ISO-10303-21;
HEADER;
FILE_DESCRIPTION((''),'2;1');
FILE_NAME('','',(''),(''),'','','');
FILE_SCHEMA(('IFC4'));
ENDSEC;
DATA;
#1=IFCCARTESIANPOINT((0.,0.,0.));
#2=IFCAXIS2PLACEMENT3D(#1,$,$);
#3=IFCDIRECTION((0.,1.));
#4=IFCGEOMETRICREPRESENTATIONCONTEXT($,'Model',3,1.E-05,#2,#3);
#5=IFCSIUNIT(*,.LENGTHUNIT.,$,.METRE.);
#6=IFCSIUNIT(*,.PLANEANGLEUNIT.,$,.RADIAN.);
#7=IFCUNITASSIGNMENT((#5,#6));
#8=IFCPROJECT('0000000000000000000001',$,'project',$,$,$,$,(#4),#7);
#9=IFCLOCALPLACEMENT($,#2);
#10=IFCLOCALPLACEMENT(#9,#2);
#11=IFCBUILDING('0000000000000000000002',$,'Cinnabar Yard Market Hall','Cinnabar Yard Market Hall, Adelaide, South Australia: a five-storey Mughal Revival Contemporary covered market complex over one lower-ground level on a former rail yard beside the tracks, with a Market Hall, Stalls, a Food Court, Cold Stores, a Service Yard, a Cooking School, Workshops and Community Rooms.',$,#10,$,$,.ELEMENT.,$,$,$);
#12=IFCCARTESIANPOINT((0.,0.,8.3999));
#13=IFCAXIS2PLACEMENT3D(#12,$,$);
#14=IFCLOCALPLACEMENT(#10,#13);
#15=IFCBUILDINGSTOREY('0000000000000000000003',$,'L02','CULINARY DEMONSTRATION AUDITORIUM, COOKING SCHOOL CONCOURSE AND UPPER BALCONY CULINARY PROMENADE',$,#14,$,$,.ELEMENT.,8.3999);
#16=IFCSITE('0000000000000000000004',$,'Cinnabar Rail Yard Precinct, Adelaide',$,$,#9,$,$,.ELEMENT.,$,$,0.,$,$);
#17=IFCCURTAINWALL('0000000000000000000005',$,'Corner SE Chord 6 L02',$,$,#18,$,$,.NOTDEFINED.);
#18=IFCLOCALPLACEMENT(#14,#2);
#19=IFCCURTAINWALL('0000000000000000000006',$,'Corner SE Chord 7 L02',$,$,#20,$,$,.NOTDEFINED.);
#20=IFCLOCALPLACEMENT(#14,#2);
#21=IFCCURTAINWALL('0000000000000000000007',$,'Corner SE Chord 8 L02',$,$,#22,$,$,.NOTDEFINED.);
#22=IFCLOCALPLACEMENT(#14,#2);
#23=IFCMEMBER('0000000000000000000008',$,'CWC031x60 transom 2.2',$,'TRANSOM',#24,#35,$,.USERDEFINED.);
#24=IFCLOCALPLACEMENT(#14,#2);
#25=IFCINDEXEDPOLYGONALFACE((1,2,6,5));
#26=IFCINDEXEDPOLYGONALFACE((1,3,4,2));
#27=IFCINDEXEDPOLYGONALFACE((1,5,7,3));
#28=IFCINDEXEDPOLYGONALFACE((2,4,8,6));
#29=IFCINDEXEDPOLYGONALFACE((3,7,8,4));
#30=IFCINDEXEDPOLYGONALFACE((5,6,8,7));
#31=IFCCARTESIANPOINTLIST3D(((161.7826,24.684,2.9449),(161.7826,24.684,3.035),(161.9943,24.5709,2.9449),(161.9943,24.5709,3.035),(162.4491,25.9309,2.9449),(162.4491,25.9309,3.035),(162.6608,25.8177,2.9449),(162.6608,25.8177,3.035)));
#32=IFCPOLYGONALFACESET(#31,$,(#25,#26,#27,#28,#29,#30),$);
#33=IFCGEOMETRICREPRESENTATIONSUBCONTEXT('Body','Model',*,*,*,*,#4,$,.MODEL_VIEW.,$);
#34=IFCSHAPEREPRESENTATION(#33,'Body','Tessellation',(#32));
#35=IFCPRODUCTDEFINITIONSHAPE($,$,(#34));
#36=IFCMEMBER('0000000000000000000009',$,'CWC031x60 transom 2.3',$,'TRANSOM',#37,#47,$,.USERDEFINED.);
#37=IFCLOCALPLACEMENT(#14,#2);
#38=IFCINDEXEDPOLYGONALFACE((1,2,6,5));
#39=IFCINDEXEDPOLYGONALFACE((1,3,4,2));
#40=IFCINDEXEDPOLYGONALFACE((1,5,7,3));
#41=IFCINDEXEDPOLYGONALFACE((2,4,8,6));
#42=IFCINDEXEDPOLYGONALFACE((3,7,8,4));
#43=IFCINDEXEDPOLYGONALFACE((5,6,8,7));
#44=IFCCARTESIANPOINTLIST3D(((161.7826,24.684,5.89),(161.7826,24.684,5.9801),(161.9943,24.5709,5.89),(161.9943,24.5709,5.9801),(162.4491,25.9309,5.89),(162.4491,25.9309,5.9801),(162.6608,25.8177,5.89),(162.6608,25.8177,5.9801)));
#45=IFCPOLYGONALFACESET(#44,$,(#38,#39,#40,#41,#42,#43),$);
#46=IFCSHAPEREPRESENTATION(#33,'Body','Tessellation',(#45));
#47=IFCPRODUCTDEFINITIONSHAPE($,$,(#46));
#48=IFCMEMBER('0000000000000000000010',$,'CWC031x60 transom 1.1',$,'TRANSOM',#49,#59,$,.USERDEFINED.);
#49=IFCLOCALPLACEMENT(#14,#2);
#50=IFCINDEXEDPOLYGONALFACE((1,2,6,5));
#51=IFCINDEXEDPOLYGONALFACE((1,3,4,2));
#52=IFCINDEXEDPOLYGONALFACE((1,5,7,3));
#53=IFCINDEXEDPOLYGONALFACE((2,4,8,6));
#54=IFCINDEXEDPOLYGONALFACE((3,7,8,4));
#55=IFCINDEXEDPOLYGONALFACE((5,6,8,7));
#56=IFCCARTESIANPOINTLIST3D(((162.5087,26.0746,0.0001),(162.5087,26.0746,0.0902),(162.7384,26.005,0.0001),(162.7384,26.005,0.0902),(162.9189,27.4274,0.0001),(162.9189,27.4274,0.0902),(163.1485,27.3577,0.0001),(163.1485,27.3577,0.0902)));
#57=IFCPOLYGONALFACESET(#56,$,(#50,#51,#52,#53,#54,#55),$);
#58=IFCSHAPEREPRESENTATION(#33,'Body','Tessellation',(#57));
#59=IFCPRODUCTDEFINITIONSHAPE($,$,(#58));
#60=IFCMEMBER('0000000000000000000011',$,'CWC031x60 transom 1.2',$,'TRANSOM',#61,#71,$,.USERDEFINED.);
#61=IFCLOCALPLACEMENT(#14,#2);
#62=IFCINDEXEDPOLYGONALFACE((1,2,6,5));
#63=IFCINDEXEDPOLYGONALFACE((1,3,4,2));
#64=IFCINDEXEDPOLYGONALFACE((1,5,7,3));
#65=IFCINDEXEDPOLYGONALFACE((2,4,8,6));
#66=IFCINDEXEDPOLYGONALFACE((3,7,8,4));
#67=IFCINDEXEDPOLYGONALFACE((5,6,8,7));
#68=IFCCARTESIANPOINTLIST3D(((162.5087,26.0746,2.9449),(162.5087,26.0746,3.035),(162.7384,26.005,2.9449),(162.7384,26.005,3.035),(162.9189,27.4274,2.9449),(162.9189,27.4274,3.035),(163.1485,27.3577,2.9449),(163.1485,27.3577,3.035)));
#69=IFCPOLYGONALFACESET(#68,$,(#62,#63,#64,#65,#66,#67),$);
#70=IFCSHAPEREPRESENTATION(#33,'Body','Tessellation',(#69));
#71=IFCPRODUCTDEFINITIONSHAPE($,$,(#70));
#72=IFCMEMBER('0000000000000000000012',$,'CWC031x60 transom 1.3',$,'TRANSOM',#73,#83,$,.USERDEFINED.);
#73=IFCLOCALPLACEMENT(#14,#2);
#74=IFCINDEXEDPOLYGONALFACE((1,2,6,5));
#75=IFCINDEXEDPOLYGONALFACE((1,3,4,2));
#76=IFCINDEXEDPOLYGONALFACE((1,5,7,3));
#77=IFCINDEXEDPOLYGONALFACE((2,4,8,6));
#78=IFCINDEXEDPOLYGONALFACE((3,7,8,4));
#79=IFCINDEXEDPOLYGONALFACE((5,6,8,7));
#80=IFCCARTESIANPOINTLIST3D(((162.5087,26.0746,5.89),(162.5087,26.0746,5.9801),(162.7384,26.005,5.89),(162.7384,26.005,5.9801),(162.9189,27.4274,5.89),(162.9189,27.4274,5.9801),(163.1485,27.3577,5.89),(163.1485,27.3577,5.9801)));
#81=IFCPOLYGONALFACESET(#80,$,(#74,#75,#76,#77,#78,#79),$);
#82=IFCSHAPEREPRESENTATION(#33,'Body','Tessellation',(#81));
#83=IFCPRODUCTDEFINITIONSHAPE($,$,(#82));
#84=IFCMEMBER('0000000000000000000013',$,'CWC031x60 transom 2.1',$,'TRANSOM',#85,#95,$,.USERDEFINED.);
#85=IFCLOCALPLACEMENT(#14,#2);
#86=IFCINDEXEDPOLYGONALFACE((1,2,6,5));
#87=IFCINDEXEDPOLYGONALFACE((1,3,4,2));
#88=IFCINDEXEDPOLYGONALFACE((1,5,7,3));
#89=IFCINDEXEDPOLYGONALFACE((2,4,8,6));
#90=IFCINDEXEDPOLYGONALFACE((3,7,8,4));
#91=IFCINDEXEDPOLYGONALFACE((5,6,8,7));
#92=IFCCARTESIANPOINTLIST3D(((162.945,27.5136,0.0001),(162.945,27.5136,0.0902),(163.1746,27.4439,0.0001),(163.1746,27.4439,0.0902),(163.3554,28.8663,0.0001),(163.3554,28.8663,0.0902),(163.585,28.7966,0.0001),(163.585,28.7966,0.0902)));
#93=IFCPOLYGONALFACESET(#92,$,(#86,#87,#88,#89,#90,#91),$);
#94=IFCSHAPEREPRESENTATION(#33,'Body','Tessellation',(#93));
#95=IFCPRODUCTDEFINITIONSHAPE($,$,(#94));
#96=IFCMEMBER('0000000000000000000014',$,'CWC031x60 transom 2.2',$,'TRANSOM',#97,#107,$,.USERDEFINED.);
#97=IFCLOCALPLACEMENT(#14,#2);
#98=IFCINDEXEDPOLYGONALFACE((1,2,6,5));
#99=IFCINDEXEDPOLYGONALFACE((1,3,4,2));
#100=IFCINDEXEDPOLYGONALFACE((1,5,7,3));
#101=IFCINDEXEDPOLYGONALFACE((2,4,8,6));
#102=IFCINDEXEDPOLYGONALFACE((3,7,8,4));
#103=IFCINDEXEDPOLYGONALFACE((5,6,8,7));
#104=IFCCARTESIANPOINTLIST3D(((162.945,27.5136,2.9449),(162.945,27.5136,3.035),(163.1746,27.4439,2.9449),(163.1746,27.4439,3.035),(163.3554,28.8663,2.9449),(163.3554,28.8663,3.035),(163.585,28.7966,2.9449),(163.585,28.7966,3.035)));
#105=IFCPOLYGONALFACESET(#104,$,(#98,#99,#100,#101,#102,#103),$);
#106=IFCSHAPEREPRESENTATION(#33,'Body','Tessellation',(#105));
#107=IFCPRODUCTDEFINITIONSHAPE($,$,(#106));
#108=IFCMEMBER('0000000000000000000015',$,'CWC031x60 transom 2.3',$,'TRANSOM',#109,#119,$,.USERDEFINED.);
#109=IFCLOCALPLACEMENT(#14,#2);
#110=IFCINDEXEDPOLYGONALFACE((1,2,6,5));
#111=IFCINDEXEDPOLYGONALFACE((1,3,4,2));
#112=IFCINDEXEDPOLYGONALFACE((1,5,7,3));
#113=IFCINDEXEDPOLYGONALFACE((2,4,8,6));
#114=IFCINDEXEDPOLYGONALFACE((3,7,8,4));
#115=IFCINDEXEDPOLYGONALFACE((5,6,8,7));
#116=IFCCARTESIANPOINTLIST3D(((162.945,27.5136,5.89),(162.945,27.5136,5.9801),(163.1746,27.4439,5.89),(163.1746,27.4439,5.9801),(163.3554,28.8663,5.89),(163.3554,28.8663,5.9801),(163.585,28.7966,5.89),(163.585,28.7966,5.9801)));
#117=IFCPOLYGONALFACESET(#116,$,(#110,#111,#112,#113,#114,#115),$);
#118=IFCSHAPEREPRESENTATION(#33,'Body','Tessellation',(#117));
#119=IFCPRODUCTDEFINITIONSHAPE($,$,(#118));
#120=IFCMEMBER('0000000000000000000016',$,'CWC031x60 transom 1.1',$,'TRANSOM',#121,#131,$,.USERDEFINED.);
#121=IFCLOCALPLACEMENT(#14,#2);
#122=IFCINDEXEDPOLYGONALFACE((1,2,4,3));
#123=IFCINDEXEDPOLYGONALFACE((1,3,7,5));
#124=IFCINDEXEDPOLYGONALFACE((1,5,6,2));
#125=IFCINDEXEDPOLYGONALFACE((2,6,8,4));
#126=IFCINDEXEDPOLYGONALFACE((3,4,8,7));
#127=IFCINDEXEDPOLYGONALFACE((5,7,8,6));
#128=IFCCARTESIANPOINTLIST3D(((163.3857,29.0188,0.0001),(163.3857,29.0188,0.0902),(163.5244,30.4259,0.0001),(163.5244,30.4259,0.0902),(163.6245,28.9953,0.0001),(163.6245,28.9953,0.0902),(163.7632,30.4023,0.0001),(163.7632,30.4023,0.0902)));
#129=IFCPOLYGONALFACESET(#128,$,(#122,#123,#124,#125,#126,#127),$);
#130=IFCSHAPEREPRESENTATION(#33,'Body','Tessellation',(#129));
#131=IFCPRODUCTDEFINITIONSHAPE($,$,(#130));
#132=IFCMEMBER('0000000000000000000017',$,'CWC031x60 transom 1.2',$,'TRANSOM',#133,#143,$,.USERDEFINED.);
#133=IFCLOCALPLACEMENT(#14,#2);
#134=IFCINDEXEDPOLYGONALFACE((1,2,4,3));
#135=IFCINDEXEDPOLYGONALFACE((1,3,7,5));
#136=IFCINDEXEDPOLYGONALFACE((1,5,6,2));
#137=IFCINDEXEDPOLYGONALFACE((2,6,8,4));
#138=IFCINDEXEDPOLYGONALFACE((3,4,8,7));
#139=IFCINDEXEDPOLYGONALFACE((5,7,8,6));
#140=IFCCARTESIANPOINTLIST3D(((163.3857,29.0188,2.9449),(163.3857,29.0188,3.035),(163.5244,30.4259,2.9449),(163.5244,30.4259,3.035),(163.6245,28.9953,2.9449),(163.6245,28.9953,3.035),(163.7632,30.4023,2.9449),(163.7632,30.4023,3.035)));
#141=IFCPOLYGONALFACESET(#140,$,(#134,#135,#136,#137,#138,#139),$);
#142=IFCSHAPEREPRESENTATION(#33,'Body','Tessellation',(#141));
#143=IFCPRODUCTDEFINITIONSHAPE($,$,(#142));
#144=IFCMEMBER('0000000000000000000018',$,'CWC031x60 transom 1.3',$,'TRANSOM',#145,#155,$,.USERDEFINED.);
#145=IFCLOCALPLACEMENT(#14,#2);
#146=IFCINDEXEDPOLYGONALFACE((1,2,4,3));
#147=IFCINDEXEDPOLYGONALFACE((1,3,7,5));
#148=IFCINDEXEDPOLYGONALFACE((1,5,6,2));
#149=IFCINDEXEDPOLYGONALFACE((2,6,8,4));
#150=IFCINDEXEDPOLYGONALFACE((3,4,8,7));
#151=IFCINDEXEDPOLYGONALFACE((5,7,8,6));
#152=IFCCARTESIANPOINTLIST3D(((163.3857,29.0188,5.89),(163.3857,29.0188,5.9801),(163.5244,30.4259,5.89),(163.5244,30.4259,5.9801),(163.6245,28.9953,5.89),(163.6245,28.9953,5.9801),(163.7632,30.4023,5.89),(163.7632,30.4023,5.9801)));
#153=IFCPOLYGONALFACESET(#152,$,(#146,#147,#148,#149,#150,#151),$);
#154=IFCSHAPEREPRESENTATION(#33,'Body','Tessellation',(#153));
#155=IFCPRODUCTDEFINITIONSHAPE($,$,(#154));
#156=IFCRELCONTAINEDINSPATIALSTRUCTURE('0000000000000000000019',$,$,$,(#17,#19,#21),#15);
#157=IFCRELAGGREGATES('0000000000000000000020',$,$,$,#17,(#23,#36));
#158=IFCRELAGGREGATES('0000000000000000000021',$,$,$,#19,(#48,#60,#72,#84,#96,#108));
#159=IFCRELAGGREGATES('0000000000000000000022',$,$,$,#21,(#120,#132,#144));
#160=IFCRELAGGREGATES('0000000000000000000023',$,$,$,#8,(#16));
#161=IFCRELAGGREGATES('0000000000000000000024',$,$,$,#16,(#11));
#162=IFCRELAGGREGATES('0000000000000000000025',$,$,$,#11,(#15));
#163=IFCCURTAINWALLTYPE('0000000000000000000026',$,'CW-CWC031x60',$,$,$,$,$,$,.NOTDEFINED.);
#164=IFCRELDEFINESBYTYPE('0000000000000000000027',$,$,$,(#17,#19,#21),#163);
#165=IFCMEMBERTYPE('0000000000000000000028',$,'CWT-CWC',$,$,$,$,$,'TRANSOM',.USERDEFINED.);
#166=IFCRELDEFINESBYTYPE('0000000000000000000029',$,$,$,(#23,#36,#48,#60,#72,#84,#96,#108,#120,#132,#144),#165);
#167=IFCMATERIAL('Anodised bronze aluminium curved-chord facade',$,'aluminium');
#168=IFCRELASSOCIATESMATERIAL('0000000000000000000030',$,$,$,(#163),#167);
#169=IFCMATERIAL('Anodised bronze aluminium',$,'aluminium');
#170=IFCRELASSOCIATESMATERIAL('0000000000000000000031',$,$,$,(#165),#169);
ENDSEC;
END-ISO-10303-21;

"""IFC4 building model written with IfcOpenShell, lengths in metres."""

from ifc_helpers import new_model, si_unit, direction, frame, origin, origin_2d_with_axis, place, context, subcontext, project, spatial, rectangle, extrude, material, material_profile, profile_set, type_object, element, aggregate, save


model = new_model("IFC4")

# Units and contexts
model_context = context("Model", 3, precision=1e-05, world=origin(), true_north=direction((0.0, 1.0)))
body_context = subcontext(model_context, "Body", "Model", "MODEL_VIEW")
ifc_project = project(units=[si_unit("LENGTHUNIT", "METRE"), si_unit("PLANEANGLEUNIT", "RADIAN")], contexts=[model_context])

# Site, building, storey
site_placement = place(None, origin())
site = spatial("IfcSite", under=ifc_project, at=site_placement, Name="Cinnabar Rail Yard Precinct, Adelaide", CompositionType="ELEMENT", RefElevation=0.0)
building_placement = place(site_placement, origin())
building = spatial("IfcBuilding", under=site, at=building_placement, Name="Cinnabar Yard Market Hall", Description="Cinnabar Yard Market Hall, Adelaide, South Australia: a five-storey Mughal Revival Contemporary covered market complex over one lower-ground level on a former rail yard beside the tracks, with a Market Hall, Stalls, a Food Court, Cold Stores, a Service Yard, a Cooking School, Workshops and Community Rooms.", CompositionType="ELEMENT")
storey_placement = place(building_placement, frame((0.0, 0.0, 8.3999)))
storey = spatial("IfcBuildingStorey", under=building, at=storey_placement, Name="L02", Description="CULINARY DEMONSTRATION AUDITORIUM, COOKING SCHOOL CONCOURSE AND UPPER BALCONY CULINARY PROMENADE", CompositionType="ELEMENT", Elevation=8.3999)

# Curtain walls
ifc_material_1 = material(Name="Anodised bronze aluminium curved-chord facade", Category="aluminium")
curtain_wall_type = type_object("IfcCurtainWallType", Name="CW-CWC031x60", PredefinedType="NOTDEFINED", material=ifc_material_1)
curtain_wall_1_placement = place(storey_placement, origin())
curtain_wall_1 = element("IfcCurtainWall", 1, at=curtain_wall_1_placement, inside=storey, type_object=curtain_wall_type, Name="Corner SE Chord 6 L02", PredefinedType="NOTDEFINED")
ifc_material_2 = material(Name="Anodised bronze aluminium", Category="aluminium")
curtain_wall_2_placement = place(storey_placement, origin())
curtain_wall_2 = element("IfcCurtainWall", 2, at=curtain_wall_2_placement, inside=storey, type_object=curtain_wall_type, Name="Corner SE Chord 7 L02", PredefinedType="NOTDEFINED")

# Curtain wall
curtain_wall_3_placement = place(storey_placement, origin())
curtain_wall_3 = element("IfcCurtainWall", 3, at=curtain_wall_3_placement, inside=storey, type_object=curtain_wall_type, Name="Corner SE Chord 8 L02", PredefinedType="NOTDEFINED")

# Members
ifc_material_profile_1 = material_profile(ifc_material_2, rectangle(XDim=0.24, YDim=0.0901, at=origin_2d_with_axis()), Name="TRN-CWC")
ifc_profile_set_1 = profile_set([ifc_material_profile_1], Name="Anodised bronze aluminium")
member_type_1 = type_object("IfcMemberType", Name="CWT-CWC", ElementType="TRANSOM", PredefinedType="USERDEFINED", material=ifc_profile_set_1)
member_1_placement = place(storey_placement, frame((161.8884, 24.6274, 2.99), z_axis=(0.471431, 0.881903, 0.0), x_axis=(-0.881903, 0.471431, 0.0)))
member_1 = element("IfcMember", 4, at=member_1_placement, type_object=member_type_1, Name="CWC031x60 transom 2.2", ObjectType="TRANSOM", PredefinedType="USERDEFINED", context=body_context, shape_type="SweptSolid", body=[
    extrude(rectangle(XDim=0.24, YDim=0.0901, at=origin_2d_with_axis()), origin(), (0.0, 0.0, 1.0), 1.4138),
])
member_2_placement = place(storey_placement, frame((161.8884, 24.6274, 5.9351), z_axis=(0.471431, 0.881903, 0.0), x_axis=(-0.881903, 0.471431, 0.0)))
member_2 = element("IfcMember", 5, at=member_2_placement, type_object=member_type_1, Name="CWC031x60 transom 2.3", ObjectType="TRANSOM", PredefinedType="USERDEFINED", context=body_context, shape_type="SweptSolid", body=[
    extrude(rectangle(XDim=0.24, YDim=0.0901, at=origin_2d_with_axis()), origin(), (0.0, 0.0, 1.0), 1.4138),
])
member_3_placement = place(storey_placement, frame((162.6235, 26.0398, 0.0452), z_axis=(0.290151, 0.956981, 0.0), x_axis=(-0.956981, 0.290151, 0.0)))
member_3 = element("IfcMember", 6, at=member_3_placement, type_object=member_type_1, Name="CWC031x60 transom 1.1", ObjectType="TRANSOM", PredefinedType="USERDEFINED", context=body_context, shape_type="SweptSolid", body=[
    extrude(rectangle(XDim=0.24, YDim=0.0901, at=origin_2d_with_axis()), origin(), (0.0, 0.0, 1.0), 1.4136),
])
member_4_placement = place(storey_placement, frame((162.6235, 26.0398, 2.99), z_axis=(0.290151, 0.956981, 0.0), x_axis=(-0.956981, 0.290151, 0.0)))
member_4 = element("IfcMember", 7, at=member_4_placement, type_object=member_type_1, Name="CWC031x60 transom 1.2", ObjectType="TRANSOM", PredefinedType="USERDEFINED", context=body_context, shape_type="SweptSolid", body=[
    extrude(rectangle(XDim=0.24, YDim=0.0901, at=origin_2d_with_axis()), origin(), (0.0, 0.0, 1.0), 1.4136),
])
member_5_placement = place(storey_placement, frame((162.6235, 26.0398, 5.9351), z_axis=(0.290151, 0.956981, 0.0), x_axis=(-0.956981, 0.290151, 0.0)))
member_5 = element("IfcMember", 8, at=member_5_placement, type_object=member_type_1, Name="CWC031x60 transom 1.3", ObjectType="TRANSOM", PredefinedType="USERDEFINED", context=body_context, shape_type="SweptSolid", body=[
    extrude(rectangle(XDim=0.24, YDim=0.0901, at=origin_2d_with_axis()), origin(), (0.0, 0.0, 1.0), 1.4136),
])
member_6_placement = place(storey_placement, frame((163.0598, 27.4788, 0.0452), z_axis=(0.290309, 0.956933, 0.0), x_axis=(-0.956933, 0.290309, 0.0)))
member_6 = element("IfcMember", 9, at=member_6_placement, type_object=member_type_1, Name="CWC031x60 transom 2.1", ObjectType="TRANSOM", PredefinedType="USERDEFINED", context=body_context, shape_type="SweptSolid", body=[
    extrude(rectangle(XDim=0.24, YDim=0.0901, at=origin_2d_with_axis()), origin(), (0.0, 0.0, 1.0), 1.4136),
])
member_7_placement = place(storey_placement, frame((163.0598, 27.4788, 2.99), z_axis=(0.290309, 0.956933, 0.0), x_axis=(-0.956933, 0.290309, 0.0)))
member_7 = element("IfcMember", 10, at=member_7_placement, type_object=member_type_1, Name="CWC031x60 transom 2.2", ObjectType="TRANSOM", PredefinedType="USERDEFINED", context=body_context, shape_type="SweptSolid", body=[
    extrude(rectangle(XDim=0.24, YDim=0.0901, at=origin_2d_with_axis()), origin(), (0.0, 0.0, 1.0), 1.4136),
])
member_8_placement = place(storey_placement, frame((163.0598, 27.4788, 5.9351), z_axis=(0.290309, 0.956933, 0.0), x_axis=(-0.956933, 0.290309, 0.0)))
member_8 = element("IfcMember", 11, at=member_8_placement, type_object=member_type_1, Name="CWC031x60 transom 2.3", ObjectType="TRANSOM", PredefinedType="USERDEFINED", context=body_context, shape_type="SweptSolid", body=[
    extrude(rectangle(XDim=0.24, YDim=0.0901, at=origin_2d_with_axis()), origin(), (0.0, 0.0, 1.0), 1.4136),
])
member_9_placement = place(storey_placement, frame((163.5051, 29.0071, 0.0452), z_axis=(0.098085, 0.995178, 0.0), x_axis=(-0.995178, 0.098085, 0.0)))
member_9 = element("IfcMember", 12, at=member_9_placement, type_object=member_type_1, Name="CWC031x60 transom 1.1", ObjectType="TRANSOM", PredefinedType="USERDEFINED", context=body_context, shape_type="SweptSolid", body=[
    extrude(rectangle(XDim=0.24, YDim=0.0901, at=origin_2d_with_axis()), origin(), (0.0, 0.0, 1.0), 1.4138),
])
member_10_placement = place(storey_placement, frame((163.5051, 29.0071, 2.99), z_axis=(0.098085, 0.995178, 0.0), x_axis=(-0.995178, 0.098085, 0.0)))
member_10 = element("IfcMember", 13, at=member_10_placement, type_object=member_type_1, Name="CWC031x60 transom 1.2", ObjectType="TRANSOM", PredefinedType="USERDEFINED", context=body_context, shape_type="SweptSolid", body=[
    extrude(rectangle(XDim=0.24, YDim=0.0901, at=origin_2d_with_axis()), origin(), (0.0, 0.0, 1.0), 1.4138),
])
member_11_placement = place(storey_placement, frame((163.5051, 29.0071, 5.9351), z_axis=(0.098085, 0.995178, 0.0), x_axis=(-0.995178, 0.098085, 0.0)))
member_11 = element("IfcMember", 14, at=member_11_placement, type_object=member_type_1, Name="CWC031x60 transom 1.3", ObjectType="TRANSOM", PredefinedType="USERDEFINED", context=body_context, shape_type="SweptSolid", body=[
    extrude(rectangle(XDim=0.24, YDim=0.0901, at=origin_2d_with_axis()), origin(), (0.0, 0.0, 1.0), 1.4138),
])

aggregate(curtain_wall_1, [member_1, member_2])
aggregate(curtain_wall_2, [member_3, member_4, member_5, member_6, member_7, member_8])
aggregate(curtain_wall_3, [member_9, member_10, member_11])

save(model, "model.ifc")
